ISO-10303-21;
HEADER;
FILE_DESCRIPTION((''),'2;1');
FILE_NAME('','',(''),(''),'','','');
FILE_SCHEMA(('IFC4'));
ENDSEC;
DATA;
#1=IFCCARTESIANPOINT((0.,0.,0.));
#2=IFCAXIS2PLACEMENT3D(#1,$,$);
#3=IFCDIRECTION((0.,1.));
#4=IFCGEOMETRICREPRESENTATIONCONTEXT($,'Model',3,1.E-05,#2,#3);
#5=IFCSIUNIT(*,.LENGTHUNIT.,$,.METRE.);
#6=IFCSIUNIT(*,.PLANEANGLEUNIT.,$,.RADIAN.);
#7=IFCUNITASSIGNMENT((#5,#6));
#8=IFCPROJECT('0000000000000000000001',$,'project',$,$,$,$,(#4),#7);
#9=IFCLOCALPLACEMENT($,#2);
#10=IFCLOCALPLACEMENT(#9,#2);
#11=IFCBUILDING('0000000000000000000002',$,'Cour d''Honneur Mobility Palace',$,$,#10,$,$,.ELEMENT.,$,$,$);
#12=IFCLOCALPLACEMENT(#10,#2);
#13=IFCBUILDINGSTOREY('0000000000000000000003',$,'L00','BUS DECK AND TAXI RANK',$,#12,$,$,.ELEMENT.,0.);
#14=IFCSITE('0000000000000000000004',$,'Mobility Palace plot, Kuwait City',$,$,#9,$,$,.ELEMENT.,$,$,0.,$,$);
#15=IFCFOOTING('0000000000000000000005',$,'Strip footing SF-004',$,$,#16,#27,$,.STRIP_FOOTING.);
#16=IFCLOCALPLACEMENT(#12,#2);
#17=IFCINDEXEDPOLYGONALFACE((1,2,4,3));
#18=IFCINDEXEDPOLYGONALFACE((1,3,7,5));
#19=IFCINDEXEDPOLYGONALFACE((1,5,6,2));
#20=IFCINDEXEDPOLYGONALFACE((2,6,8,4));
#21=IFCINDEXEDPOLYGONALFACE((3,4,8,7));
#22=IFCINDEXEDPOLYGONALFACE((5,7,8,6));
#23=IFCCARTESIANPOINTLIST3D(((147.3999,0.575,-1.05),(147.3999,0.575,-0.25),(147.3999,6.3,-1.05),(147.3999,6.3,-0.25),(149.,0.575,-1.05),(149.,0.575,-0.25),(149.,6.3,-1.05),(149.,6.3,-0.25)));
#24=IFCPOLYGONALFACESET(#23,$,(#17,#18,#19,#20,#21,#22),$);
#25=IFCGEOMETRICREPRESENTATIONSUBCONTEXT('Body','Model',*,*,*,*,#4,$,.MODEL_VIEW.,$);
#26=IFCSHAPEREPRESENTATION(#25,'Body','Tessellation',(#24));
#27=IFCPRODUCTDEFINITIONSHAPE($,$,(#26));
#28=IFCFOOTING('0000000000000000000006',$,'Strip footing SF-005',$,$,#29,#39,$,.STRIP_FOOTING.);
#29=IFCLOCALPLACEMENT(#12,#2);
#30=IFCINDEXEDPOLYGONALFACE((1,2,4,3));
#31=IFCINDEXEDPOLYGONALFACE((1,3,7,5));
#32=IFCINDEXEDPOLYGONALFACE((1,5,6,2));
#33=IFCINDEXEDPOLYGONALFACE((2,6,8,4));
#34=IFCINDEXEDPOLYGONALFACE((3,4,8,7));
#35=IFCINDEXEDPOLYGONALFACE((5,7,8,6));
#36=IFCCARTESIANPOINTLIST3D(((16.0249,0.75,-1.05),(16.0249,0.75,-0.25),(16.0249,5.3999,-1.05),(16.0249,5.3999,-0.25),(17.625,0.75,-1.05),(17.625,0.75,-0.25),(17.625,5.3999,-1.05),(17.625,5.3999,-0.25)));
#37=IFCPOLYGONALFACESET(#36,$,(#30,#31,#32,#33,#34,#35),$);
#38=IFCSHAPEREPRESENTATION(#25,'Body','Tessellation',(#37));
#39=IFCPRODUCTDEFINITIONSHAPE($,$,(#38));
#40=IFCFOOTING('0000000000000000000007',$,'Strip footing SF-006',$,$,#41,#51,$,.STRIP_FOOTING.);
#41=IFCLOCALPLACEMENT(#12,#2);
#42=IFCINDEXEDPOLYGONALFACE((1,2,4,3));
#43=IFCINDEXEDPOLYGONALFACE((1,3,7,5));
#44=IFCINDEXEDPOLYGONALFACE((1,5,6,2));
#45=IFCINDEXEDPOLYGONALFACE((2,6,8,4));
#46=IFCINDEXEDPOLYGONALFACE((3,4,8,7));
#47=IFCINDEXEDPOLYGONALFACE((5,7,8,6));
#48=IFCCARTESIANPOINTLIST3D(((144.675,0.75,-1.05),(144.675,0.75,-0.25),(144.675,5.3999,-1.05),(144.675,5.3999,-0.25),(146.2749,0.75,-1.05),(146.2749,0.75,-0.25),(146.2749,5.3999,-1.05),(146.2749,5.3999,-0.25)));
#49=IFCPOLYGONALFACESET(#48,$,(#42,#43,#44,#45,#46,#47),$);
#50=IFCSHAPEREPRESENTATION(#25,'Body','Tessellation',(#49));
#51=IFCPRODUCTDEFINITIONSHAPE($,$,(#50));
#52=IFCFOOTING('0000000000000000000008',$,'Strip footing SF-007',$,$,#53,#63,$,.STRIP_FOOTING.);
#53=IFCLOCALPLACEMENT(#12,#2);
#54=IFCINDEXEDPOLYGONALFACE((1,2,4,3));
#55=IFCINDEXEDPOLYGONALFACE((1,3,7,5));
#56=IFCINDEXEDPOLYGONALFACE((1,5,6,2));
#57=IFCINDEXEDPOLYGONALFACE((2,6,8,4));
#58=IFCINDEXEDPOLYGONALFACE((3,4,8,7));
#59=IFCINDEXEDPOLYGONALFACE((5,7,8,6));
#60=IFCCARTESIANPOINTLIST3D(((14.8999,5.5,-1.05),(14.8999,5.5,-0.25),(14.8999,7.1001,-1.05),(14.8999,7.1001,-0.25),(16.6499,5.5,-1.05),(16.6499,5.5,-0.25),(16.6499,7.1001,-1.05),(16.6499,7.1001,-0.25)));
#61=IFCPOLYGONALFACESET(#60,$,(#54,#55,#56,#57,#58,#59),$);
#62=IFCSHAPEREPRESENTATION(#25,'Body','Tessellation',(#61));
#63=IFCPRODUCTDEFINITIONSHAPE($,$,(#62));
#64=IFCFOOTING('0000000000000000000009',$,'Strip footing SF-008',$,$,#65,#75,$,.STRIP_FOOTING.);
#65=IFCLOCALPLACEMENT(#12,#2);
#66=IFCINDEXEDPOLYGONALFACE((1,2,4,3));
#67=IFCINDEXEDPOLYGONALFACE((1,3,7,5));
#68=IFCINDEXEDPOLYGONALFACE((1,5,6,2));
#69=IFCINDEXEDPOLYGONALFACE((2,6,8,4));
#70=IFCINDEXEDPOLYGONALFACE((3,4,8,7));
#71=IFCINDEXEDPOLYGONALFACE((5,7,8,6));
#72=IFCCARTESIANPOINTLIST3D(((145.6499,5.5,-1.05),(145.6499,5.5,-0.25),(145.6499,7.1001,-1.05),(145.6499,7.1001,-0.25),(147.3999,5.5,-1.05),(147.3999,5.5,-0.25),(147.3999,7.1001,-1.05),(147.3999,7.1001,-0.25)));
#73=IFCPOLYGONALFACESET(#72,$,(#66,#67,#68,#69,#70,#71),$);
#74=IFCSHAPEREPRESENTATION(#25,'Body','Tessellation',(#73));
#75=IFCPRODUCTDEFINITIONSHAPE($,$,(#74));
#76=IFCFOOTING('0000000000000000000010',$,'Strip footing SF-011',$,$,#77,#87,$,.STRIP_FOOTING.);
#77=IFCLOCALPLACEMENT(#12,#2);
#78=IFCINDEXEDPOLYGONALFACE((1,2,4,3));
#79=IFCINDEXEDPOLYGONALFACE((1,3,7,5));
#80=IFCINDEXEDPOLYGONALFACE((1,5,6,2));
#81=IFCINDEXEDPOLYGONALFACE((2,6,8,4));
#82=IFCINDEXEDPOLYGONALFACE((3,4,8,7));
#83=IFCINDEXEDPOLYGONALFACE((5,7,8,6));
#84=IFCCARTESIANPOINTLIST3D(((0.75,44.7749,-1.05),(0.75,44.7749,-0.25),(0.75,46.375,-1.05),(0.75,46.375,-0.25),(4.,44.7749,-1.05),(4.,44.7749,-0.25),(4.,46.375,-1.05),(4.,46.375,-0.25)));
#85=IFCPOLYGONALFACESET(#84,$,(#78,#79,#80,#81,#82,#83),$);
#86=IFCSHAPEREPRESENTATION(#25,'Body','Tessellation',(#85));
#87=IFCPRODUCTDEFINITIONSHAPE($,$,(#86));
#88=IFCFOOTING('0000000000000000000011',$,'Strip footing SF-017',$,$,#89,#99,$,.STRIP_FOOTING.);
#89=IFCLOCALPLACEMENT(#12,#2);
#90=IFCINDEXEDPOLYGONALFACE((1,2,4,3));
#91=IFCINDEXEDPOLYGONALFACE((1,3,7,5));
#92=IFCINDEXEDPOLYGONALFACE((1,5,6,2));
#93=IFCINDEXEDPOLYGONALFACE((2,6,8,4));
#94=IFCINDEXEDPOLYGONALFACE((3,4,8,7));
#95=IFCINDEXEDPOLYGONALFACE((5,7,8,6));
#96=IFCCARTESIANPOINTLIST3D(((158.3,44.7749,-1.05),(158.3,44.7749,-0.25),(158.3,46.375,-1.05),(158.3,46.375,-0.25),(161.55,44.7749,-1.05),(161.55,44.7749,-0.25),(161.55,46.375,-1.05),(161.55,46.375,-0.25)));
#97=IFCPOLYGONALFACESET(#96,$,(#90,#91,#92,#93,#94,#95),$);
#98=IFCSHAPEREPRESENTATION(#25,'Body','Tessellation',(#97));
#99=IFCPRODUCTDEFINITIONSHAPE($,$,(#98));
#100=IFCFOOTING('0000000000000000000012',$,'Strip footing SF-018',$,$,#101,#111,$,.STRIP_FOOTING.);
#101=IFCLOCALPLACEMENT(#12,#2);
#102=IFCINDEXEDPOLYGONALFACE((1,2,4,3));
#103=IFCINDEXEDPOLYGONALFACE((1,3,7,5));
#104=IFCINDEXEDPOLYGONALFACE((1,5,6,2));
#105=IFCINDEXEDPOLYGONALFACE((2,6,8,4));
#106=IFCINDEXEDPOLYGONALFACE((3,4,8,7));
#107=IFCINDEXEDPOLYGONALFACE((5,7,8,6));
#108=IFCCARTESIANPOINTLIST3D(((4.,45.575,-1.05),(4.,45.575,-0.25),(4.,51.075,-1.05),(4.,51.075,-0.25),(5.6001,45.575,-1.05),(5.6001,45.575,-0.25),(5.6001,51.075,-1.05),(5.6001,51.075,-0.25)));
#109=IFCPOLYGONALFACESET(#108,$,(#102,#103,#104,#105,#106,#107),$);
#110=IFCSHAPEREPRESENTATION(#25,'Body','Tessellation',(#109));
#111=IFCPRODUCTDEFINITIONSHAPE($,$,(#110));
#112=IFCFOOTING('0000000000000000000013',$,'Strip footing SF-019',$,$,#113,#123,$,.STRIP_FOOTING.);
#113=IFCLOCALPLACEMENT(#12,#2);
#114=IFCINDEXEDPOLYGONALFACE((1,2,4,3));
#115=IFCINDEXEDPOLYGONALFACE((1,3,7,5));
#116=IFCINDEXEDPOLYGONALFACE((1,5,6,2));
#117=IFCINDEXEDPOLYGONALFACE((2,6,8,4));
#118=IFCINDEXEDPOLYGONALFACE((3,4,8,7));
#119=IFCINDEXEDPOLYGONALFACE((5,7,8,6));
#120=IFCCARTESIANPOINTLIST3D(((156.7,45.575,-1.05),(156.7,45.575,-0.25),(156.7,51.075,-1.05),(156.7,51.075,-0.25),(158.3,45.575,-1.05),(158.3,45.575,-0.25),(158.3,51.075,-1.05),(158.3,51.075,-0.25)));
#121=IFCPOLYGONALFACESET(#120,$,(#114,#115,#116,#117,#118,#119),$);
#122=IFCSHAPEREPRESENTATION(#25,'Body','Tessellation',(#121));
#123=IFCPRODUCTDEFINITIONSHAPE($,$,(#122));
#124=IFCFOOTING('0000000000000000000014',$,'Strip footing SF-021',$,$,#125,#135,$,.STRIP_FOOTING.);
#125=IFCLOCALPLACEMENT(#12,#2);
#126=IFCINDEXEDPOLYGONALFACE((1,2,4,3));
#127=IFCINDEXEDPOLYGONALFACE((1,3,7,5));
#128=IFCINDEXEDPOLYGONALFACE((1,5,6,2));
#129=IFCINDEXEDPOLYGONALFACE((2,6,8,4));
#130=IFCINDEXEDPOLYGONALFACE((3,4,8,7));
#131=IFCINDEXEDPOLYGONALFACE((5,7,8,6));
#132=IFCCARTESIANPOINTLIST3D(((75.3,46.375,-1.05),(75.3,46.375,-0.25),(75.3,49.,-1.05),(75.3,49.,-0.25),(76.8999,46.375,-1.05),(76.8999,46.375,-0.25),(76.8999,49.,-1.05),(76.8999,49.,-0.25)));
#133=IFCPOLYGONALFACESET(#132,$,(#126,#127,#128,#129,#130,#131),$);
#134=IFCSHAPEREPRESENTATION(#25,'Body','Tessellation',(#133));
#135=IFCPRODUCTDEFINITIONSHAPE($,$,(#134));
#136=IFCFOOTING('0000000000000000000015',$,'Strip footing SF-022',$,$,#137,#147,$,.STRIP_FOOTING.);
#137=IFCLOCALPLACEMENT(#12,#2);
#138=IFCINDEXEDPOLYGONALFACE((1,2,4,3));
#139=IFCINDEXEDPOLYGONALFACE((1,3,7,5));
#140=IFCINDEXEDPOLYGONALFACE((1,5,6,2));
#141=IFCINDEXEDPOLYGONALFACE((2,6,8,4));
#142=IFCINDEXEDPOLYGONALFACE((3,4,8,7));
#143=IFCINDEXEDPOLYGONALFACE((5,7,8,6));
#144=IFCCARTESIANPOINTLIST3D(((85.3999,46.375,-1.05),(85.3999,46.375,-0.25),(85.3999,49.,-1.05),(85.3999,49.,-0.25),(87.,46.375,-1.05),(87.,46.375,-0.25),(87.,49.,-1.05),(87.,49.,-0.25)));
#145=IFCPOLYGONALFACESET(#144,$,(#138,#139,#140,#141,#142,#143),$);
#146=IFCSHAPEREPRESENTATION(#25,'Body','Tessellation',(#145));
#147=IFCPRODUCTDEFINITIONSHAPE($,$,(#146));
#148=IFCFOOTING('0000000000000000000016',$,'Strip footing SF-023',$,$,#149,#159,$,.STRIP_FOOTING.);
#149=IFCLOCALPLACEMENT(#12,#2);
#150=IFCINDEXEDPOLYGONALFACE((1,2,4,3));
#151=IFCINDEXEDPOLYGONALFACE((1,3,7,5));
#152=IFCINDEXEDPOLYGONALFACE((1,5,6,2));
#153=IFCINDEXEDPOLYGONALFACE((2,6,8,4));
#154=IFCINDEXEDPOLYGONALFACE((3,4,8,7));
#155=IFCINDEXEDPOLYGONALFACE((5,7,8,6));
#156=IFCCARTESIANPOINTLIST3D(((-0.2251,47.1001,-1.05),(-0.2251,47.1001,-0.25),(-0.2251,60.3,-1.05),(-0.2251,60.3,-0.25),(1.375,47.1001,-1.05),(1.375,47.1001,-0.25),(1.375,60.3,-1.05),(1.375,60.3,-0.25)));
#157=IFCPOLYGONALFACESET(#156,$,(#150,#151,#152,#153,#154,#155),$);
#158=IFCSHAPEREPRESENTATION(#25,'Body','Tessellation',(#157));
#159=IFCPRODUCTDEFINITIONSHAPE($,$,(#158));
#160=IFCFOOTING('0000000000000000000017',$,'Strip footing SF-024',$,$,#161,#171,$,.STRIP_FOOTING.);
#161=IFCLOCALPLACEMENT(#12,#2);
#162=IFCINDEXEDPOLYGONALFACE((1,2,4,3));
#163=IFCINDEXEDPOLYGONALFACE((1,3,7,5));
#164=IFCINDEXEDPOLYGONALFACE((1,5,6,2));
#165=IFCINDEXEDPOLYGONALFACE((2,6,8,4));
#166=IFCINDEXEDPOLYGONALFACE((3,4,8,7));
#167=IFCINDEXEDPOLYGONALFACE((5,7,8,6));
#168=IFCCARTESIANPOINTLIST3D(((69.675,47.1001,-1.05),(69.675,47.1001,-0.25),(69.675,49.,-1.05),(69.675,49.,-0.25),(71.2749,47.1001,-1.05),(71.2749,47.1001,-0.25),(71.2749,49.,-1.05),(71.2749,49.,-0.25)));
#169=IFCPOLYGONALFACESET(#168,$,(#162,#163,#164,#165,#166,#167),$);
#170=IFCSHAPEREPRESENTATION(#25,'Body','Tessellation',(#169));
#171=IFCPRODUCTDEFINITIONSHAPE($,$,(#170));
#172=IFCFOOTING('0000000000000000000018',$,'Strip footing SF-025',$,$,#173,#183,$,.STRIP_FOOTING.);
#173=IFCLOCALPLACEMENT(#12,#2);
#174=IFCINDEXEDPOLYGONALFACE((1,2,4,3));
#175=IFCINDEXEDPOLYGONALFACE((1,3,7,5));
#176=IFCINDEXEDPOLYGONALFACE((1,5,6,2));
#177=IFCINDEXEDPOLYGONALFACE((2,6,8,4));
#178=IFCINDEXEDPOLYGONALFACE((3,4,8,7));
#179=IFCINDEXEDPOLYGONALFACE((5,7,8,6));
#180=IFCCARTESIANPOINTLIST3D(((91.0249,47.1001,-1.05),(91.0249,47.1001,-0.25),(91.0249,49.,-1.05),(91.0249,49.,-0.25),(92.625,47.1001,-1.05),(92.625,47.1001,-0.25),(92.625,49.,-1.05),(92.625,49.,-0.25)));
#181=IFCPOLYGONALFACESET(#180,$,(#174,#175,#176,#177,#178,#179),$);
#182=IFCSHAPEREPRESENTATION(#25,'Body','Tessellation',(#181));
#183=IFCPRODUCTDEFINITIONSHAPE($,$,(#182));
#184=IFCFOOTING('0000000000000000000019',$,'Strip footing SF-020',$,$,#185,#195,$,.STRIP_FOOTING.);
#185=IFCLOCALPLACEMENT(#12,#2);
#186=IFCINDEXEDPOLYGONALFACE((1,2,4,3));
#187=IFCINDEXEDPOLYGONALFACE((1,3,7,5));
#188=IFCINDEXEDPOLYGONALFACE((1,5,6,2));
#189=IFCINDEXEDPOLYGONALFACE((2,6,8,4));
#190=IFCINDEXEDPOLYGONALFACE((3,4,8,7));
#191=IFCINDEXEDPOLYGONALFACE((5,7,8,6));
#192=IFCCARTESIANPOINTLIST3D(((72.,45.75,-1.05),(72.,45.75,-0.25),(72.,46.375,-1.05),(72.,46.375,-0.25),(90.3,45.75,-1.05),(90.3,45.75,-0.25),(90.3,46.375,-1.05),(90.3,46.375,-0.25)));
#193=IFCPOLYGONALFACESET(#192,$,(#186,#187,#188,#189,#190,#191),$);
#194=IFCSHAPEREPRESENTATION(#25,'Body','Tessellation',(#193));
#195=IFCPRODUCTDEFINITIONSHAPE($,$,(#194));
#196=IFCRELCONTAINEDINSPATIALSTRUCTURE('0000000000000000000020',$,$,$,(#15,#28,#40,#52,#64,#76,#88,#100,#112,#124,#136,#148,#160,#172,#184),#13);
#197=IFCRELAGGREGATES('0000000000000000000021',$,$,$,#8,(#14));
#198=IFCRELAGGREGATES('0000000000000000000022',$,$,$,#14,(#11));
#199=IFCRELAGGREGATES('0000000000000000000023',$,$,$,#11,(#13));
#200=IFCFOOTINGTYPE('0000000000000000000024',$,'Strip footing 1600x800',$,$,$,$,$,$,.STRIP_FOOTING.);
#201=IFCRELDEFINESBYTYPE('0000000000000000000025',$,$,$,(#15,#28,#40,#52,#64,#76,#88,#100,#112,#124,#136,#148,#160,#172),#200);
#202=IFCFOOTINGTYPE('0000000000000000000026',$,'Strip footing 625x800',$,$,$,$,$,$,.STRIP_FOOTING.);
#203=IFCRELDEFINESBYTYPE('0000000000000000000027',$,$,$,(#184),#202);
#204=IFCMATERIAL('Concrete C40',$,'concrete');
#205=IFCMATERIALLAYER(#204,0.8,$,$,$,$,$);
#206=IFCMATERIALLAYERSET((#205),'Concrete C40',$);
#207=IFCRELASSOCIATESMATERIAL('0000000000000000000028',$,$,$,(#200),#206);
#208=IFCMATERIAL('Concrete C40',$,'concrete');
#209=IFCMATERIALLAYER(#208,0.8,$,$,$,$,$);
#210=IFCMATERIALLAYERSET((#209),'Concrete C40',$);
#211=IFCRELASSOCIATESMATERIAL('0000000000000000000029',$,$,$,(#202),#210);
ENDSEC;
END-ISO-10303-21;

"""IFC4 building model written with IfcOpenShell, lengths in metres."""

from ifc_helpers import new_model, si_unit, direction, frame, origin, place, context, subcontext, project, spatial, polyline, outline, extrude, material, layer, layer_set, type_object, element, save


model = new_model("IFC4")

# Units and contexts
model_context = context("Model", 3, precision=1e-05, world=origin(), true_north=direction((0.0, 1.0)))
body_context = subcontext(model_context, "Body", "Model", "MODEL_VIEW")
ifc_project = project(units=[si_unit("LENGTHUNIT", "METRE"), si_unit("PLANEANGLEUNIT", "RADIAN")], contexts=[model_context])

# Site, building, storey
site_placement = place(None, origin())
site = spatial("IfcSite", under=ifc_project, at=site_placement, Name="Mobility Palace plot, Kuwait City", CompositionType="ELEMENT", RefElevation=0.0)
building_placement = place(site_placement, origin())
building = spatial("IfcBuilding", under=site, at=building_placement, Name="Cour d'Honneur Mobility Palace", CompositionType="ELEMENT")
storey_placement = place(building_placement, origin())
storey = spatial("IfcBuildingStorey", under=building, at=storey_placement, Name="L00", Description="BUS DECK AND TAXI RANK", CompositionType="ELEMENT", Elevation=0.0)

# Footings
ifc_material_1 = material(Name="Concrete C40", Category="concrete")
ifc_layer_1 = layer(ifc_material_1, 0.8)
ifc_layer_set_1 = layer_set([ifc_layer_1], Name="Concrete C40")
footing_type_1 = type_object("IfcFootingType", Name="Strip footing 1600x800", PredefinedType="STRIP_FOOTING", material=ifc_layer_set_1)
footing_1_placement = place(storey_placement, frame((0.0, 0.0, -1.05)))
element("IfcFooting", 1, at=footing_1_placement, inside=storey, type_object=footing_type_1, Name="Strip footing SF-004", PredefinedType="STRIP_FOOTING", context=body_context, shape_type="SweptSolid", body=[
    extrude(outline(polyline([(147.3999, 0.575), (149.0, 0.575), (149.0, 6.3), (147.3999, 6.3), (147.3999, 0.575)])), origin(), (0.0, 0.0, 1.0), 0.8),
])
footing_2_placement = place(storey_placement, frame((0.0, 0.0, -1.05)))
element("IfcFooting", 2, at=footing_2_placement, inside=storey, type_object=footing_type_1, Name="Strip footing SF-005", PredefinedType="STRIP_FOOTING", context=body_context, shape_type="SweptSolid", body=[
    extrude(outline(polyline([(16.0249, 0.75), (17.625, 0.75), (17.625, 5.3999), (16.0249, 5.3999), (16.0249, 0.75)])), origin(), (0.0, 0.0, 1.0), 0.8),
])
footing_3_placement = place(storey_placement, frame((0.0, 0.0, -1.05)))
element("IfcFooting", 3, at=footing_3_placement, inside=storey, type_object=footing_type_1, Name="Strip footing SF-006", PredefinedType="STRIP_FOOTING", context=body_context, shape_type="SweptSolid", body=[
    extrude(outline(polyline([(144.675, 0.75), (146.2749, 0.75), (146.2749, 5.3999), (144.675, 5.3999), (144.675, 0.75)])), origin(), (0.0, 0.0, 1.0), 0.8),
])
footing_4_placement = place(storey_placement, frame((0.0, 0.0, -1.05)))
element("IfcFooting", 4, at=footing_4_placement, inside=storey, type_object=footing_type_1, Name="Strip footing SF-007", PredefinedType="STRIP_FOOTING", context=body_context, shape_type="SweptSolid", body=[
    extrude(outline(polyline([(14.8999, 5.5), (16.6499, 5.5), (16.6499, 7.1001), (14.8999, 7.1001), (14.8999, 5.5)])), origin(), (0.0, 0.0, 1.0), 0.8),
])
footing_5_placement = place(storey_placement, frame((0.0, 0.0, -1.05)))
element("IfcFooting", 5, at=footing_5_placement, inside=storey, type_object=footing_type_1, Name="Strip footing SF-008", PredefinedType="STRIP_FOOTING", context=body_context, shape_type="SweptSolid", body=[
    extrude(outline(polyline([(145.6499, 5.5), (147.3999, 5.5), (147.3999, 7.1001), (145.6499, 7.1001), (145.6499, 5.5)])), origin(), (0.0, 0.0, 1.0), 0.8),
])
footing_6_placement = place(storey_placement, frame((0.0, 0.0, -1.05)))
element("IfcFooting", 6, at=footing_6_placement, inside=storey, type_object=footing_type_1, Name="Strip footing SF-011", PredefinedType="STRIP_FOOTING", context=body_context, shape_type="SweptSolid", body=[
    extrude(outline(polyline([(0.75, 44.7749), (4.0, 44.7749), (4.0, 46.375), (0.75, 46.375), (0.75, 44.7749)])), origin(), (0.0, 0.0, 1.0), 0.8),
])
footing_7_placement = place(storey_placement, frame((0.0, 0.0, -1.05)))
element("IfcFooting", 7, at=footing_7_placement, inside=storey, type_object=footing_type_1, Name="Strip footing SF-017", PredefinedType="STRIP_FOOTING", context=body_context, shape_type="SweptSolid", body=[
    extrude(outline(polyline([(158.3, 44.7749), (161.55, 44.7749), (161.55, 46.375), (158.3, 46.375), (158.3, 44.7749)])), origin(), (0.0, 0.0, 1.0), 0.8),
])
footing_8_placement = place(storey_placement, frame((0.0, 0.0, -1.05)))
element("IfcFooting", 8, at=footing_8_placement, inside=storey, type_object=footing_type_1, Name="Strip footing SF-018", PredefinedType="STRIP_FOOTING", context=body_context, shape_type="SweptSolid", body=[
    extrude(outline(polyline([(4.0, 45.575), (5.6001, 45.575), (5.6001, 51.075), (4.0, 51.075), (4.0, 45.575)])), origin(), (0.0, 0.0, 1.0), 0.8),
])
footing_9_placement = place(storey_placement, frame((0.0, 0.0, -1.05)))
element("IfcFooting", 9, at=footing_9_placement, inside=storey, type_object=footing_type_1, Name="Strip footing SF-019", PredefinedType="STRIP_FOOTING", context=body_context, shape_type="SweptSolid", body=[
    extrude(outline(polyline([(156.7, 45.575), (158.3, 45.575), (158.3, 51.075), (156.7, 51.075), (156.7, 45.575)])), origin(), (0.0, 0.0, 1.0), 0.8),
])
footing_10_placement = place(storey_placement, frame((0.0, 0.0, -1.05)))
element("IfcFooting", 10, at=footing_10_placement, inside=storey, type_object=footing_type_1, Name="Strip footing SF-021", PredefinedType="STRIP_FOOTING", context=body_context, shape_type="SweptSolid", body=[
    extrude(outline(polyline([(75.3, 46.375), (76.8999, 46.375), (76.8999, 49.0), (75.3, 49.0), (75.3, 46.375)])), origin(), (0.0, 0.0, 1.0), 0.8),
])
footing_11_placement = place(storey_placement, frame((0.0, 0.0, -1.05)))
element("IfcFooting", 11, at=footing_11_placement, inside=storey, type_object=footing_type_1, Name="Strip footing SF-022", PredefinedType="STRIP_FOOTING", context=body_context, shape_type="SweptSolid", body=[
    extrude(outline(polyline([(85.3999, 46.375), (87.0, 46.375), (87.0, 49.0), (85.3999, 49.0), (85.3999, 46.375)])), origin(), (0.0, 0.0, 1.0), 0.8),
])
footing_12_placement = place(storey_placement, frame((0.0, 0.0, -1.05)))
element("IfcFooting", 12, at=footing_12_placement, inside=storey, type_object=footing_type_1, Name="Strip footing SF-023", PredefinedType="STRIP_FOOTING", context=body_context, shape_type="SweptSolid", body=[
    extrude(outline(polyline([(-0.2251, 47.1001), (1.375, 47.1001), (1.375, 60.3), (-0.2251, 60.3), (-0.2251, 47.1001)])), origin(), (0.0, 0.0, 1.0), 0.8),
])
footing_13_placement = place(storey_placement, frame((0.0, 0.0, -1.05)))
element("IfcFooting", 13, at=footing_13_placement, inside=storey, type_object=footing_type_1, Name="Strip footing SF-024", PredefinedType="STRIP_FOOTING", context=body_context, shape_type="SweptSolid", body=[
    extrude(outline(polyline([(69.675, 47.1001), (71.2749, 47.1001), (71.2749, 49.0), (69.675, 49.0), (69.675, 47.1001)])), origin(), (0.0, 0.0, 1.0), 0.8),
])
footing_14_placement = place(storey_placement, frame((0.0, 0.0, -1.05)))
element("IfcFooting", 14, at=footing_14_placement, inside=storey, type_object=footing_type_1, Name="Strip footing SF-025", PredefinedType="STRIP_FOOTING", context=body_context, shape_type="SweptSolid", body=[
    extrude(outline(polyline([(91.0249, 47.1001), (92.625, 47.1001), (92.625, 49.0), (91.0249, 49.0), (91.0249, 47.1001)])), origin(), (0.0, 0.0, 1.0), 0.8),
])
ifc_material_2 = material(Name="Concrete C40", Category="concrete")
ifc_layer_2 = layer(ifc_material_2, 0.8)
ifc_layer_set_2 = layer_set([ifc_layer_2], Name="Concrete C40")
footing_type_2 = type_object("IfcFootingType", Name="Strip footing 625x800", PredefinedType="STRIP_FOOTING", material=ifc_layer_set_2)
footing_15_placement = place(storey_placement, frame((0.0, 0.0, -1.05)))
element("IfcFooting", 15, at=footing_15_placement, inside=storey, type_object=footing_type_2, Name="Strip footing SF-020", PredefinedType="STRIP_FOOTING", context=body_context, shape_type="SweptSolid", body=[
    extrude(outline(polyline([(72.0, 45.75), (90.3, 45.75), (90.3, 46.375), (72.0, 46.375), (72.0, 45.75)])), origin(), (0.0, 0.0, 1.0), 0.8),
])

save(model, "model.ifc")
